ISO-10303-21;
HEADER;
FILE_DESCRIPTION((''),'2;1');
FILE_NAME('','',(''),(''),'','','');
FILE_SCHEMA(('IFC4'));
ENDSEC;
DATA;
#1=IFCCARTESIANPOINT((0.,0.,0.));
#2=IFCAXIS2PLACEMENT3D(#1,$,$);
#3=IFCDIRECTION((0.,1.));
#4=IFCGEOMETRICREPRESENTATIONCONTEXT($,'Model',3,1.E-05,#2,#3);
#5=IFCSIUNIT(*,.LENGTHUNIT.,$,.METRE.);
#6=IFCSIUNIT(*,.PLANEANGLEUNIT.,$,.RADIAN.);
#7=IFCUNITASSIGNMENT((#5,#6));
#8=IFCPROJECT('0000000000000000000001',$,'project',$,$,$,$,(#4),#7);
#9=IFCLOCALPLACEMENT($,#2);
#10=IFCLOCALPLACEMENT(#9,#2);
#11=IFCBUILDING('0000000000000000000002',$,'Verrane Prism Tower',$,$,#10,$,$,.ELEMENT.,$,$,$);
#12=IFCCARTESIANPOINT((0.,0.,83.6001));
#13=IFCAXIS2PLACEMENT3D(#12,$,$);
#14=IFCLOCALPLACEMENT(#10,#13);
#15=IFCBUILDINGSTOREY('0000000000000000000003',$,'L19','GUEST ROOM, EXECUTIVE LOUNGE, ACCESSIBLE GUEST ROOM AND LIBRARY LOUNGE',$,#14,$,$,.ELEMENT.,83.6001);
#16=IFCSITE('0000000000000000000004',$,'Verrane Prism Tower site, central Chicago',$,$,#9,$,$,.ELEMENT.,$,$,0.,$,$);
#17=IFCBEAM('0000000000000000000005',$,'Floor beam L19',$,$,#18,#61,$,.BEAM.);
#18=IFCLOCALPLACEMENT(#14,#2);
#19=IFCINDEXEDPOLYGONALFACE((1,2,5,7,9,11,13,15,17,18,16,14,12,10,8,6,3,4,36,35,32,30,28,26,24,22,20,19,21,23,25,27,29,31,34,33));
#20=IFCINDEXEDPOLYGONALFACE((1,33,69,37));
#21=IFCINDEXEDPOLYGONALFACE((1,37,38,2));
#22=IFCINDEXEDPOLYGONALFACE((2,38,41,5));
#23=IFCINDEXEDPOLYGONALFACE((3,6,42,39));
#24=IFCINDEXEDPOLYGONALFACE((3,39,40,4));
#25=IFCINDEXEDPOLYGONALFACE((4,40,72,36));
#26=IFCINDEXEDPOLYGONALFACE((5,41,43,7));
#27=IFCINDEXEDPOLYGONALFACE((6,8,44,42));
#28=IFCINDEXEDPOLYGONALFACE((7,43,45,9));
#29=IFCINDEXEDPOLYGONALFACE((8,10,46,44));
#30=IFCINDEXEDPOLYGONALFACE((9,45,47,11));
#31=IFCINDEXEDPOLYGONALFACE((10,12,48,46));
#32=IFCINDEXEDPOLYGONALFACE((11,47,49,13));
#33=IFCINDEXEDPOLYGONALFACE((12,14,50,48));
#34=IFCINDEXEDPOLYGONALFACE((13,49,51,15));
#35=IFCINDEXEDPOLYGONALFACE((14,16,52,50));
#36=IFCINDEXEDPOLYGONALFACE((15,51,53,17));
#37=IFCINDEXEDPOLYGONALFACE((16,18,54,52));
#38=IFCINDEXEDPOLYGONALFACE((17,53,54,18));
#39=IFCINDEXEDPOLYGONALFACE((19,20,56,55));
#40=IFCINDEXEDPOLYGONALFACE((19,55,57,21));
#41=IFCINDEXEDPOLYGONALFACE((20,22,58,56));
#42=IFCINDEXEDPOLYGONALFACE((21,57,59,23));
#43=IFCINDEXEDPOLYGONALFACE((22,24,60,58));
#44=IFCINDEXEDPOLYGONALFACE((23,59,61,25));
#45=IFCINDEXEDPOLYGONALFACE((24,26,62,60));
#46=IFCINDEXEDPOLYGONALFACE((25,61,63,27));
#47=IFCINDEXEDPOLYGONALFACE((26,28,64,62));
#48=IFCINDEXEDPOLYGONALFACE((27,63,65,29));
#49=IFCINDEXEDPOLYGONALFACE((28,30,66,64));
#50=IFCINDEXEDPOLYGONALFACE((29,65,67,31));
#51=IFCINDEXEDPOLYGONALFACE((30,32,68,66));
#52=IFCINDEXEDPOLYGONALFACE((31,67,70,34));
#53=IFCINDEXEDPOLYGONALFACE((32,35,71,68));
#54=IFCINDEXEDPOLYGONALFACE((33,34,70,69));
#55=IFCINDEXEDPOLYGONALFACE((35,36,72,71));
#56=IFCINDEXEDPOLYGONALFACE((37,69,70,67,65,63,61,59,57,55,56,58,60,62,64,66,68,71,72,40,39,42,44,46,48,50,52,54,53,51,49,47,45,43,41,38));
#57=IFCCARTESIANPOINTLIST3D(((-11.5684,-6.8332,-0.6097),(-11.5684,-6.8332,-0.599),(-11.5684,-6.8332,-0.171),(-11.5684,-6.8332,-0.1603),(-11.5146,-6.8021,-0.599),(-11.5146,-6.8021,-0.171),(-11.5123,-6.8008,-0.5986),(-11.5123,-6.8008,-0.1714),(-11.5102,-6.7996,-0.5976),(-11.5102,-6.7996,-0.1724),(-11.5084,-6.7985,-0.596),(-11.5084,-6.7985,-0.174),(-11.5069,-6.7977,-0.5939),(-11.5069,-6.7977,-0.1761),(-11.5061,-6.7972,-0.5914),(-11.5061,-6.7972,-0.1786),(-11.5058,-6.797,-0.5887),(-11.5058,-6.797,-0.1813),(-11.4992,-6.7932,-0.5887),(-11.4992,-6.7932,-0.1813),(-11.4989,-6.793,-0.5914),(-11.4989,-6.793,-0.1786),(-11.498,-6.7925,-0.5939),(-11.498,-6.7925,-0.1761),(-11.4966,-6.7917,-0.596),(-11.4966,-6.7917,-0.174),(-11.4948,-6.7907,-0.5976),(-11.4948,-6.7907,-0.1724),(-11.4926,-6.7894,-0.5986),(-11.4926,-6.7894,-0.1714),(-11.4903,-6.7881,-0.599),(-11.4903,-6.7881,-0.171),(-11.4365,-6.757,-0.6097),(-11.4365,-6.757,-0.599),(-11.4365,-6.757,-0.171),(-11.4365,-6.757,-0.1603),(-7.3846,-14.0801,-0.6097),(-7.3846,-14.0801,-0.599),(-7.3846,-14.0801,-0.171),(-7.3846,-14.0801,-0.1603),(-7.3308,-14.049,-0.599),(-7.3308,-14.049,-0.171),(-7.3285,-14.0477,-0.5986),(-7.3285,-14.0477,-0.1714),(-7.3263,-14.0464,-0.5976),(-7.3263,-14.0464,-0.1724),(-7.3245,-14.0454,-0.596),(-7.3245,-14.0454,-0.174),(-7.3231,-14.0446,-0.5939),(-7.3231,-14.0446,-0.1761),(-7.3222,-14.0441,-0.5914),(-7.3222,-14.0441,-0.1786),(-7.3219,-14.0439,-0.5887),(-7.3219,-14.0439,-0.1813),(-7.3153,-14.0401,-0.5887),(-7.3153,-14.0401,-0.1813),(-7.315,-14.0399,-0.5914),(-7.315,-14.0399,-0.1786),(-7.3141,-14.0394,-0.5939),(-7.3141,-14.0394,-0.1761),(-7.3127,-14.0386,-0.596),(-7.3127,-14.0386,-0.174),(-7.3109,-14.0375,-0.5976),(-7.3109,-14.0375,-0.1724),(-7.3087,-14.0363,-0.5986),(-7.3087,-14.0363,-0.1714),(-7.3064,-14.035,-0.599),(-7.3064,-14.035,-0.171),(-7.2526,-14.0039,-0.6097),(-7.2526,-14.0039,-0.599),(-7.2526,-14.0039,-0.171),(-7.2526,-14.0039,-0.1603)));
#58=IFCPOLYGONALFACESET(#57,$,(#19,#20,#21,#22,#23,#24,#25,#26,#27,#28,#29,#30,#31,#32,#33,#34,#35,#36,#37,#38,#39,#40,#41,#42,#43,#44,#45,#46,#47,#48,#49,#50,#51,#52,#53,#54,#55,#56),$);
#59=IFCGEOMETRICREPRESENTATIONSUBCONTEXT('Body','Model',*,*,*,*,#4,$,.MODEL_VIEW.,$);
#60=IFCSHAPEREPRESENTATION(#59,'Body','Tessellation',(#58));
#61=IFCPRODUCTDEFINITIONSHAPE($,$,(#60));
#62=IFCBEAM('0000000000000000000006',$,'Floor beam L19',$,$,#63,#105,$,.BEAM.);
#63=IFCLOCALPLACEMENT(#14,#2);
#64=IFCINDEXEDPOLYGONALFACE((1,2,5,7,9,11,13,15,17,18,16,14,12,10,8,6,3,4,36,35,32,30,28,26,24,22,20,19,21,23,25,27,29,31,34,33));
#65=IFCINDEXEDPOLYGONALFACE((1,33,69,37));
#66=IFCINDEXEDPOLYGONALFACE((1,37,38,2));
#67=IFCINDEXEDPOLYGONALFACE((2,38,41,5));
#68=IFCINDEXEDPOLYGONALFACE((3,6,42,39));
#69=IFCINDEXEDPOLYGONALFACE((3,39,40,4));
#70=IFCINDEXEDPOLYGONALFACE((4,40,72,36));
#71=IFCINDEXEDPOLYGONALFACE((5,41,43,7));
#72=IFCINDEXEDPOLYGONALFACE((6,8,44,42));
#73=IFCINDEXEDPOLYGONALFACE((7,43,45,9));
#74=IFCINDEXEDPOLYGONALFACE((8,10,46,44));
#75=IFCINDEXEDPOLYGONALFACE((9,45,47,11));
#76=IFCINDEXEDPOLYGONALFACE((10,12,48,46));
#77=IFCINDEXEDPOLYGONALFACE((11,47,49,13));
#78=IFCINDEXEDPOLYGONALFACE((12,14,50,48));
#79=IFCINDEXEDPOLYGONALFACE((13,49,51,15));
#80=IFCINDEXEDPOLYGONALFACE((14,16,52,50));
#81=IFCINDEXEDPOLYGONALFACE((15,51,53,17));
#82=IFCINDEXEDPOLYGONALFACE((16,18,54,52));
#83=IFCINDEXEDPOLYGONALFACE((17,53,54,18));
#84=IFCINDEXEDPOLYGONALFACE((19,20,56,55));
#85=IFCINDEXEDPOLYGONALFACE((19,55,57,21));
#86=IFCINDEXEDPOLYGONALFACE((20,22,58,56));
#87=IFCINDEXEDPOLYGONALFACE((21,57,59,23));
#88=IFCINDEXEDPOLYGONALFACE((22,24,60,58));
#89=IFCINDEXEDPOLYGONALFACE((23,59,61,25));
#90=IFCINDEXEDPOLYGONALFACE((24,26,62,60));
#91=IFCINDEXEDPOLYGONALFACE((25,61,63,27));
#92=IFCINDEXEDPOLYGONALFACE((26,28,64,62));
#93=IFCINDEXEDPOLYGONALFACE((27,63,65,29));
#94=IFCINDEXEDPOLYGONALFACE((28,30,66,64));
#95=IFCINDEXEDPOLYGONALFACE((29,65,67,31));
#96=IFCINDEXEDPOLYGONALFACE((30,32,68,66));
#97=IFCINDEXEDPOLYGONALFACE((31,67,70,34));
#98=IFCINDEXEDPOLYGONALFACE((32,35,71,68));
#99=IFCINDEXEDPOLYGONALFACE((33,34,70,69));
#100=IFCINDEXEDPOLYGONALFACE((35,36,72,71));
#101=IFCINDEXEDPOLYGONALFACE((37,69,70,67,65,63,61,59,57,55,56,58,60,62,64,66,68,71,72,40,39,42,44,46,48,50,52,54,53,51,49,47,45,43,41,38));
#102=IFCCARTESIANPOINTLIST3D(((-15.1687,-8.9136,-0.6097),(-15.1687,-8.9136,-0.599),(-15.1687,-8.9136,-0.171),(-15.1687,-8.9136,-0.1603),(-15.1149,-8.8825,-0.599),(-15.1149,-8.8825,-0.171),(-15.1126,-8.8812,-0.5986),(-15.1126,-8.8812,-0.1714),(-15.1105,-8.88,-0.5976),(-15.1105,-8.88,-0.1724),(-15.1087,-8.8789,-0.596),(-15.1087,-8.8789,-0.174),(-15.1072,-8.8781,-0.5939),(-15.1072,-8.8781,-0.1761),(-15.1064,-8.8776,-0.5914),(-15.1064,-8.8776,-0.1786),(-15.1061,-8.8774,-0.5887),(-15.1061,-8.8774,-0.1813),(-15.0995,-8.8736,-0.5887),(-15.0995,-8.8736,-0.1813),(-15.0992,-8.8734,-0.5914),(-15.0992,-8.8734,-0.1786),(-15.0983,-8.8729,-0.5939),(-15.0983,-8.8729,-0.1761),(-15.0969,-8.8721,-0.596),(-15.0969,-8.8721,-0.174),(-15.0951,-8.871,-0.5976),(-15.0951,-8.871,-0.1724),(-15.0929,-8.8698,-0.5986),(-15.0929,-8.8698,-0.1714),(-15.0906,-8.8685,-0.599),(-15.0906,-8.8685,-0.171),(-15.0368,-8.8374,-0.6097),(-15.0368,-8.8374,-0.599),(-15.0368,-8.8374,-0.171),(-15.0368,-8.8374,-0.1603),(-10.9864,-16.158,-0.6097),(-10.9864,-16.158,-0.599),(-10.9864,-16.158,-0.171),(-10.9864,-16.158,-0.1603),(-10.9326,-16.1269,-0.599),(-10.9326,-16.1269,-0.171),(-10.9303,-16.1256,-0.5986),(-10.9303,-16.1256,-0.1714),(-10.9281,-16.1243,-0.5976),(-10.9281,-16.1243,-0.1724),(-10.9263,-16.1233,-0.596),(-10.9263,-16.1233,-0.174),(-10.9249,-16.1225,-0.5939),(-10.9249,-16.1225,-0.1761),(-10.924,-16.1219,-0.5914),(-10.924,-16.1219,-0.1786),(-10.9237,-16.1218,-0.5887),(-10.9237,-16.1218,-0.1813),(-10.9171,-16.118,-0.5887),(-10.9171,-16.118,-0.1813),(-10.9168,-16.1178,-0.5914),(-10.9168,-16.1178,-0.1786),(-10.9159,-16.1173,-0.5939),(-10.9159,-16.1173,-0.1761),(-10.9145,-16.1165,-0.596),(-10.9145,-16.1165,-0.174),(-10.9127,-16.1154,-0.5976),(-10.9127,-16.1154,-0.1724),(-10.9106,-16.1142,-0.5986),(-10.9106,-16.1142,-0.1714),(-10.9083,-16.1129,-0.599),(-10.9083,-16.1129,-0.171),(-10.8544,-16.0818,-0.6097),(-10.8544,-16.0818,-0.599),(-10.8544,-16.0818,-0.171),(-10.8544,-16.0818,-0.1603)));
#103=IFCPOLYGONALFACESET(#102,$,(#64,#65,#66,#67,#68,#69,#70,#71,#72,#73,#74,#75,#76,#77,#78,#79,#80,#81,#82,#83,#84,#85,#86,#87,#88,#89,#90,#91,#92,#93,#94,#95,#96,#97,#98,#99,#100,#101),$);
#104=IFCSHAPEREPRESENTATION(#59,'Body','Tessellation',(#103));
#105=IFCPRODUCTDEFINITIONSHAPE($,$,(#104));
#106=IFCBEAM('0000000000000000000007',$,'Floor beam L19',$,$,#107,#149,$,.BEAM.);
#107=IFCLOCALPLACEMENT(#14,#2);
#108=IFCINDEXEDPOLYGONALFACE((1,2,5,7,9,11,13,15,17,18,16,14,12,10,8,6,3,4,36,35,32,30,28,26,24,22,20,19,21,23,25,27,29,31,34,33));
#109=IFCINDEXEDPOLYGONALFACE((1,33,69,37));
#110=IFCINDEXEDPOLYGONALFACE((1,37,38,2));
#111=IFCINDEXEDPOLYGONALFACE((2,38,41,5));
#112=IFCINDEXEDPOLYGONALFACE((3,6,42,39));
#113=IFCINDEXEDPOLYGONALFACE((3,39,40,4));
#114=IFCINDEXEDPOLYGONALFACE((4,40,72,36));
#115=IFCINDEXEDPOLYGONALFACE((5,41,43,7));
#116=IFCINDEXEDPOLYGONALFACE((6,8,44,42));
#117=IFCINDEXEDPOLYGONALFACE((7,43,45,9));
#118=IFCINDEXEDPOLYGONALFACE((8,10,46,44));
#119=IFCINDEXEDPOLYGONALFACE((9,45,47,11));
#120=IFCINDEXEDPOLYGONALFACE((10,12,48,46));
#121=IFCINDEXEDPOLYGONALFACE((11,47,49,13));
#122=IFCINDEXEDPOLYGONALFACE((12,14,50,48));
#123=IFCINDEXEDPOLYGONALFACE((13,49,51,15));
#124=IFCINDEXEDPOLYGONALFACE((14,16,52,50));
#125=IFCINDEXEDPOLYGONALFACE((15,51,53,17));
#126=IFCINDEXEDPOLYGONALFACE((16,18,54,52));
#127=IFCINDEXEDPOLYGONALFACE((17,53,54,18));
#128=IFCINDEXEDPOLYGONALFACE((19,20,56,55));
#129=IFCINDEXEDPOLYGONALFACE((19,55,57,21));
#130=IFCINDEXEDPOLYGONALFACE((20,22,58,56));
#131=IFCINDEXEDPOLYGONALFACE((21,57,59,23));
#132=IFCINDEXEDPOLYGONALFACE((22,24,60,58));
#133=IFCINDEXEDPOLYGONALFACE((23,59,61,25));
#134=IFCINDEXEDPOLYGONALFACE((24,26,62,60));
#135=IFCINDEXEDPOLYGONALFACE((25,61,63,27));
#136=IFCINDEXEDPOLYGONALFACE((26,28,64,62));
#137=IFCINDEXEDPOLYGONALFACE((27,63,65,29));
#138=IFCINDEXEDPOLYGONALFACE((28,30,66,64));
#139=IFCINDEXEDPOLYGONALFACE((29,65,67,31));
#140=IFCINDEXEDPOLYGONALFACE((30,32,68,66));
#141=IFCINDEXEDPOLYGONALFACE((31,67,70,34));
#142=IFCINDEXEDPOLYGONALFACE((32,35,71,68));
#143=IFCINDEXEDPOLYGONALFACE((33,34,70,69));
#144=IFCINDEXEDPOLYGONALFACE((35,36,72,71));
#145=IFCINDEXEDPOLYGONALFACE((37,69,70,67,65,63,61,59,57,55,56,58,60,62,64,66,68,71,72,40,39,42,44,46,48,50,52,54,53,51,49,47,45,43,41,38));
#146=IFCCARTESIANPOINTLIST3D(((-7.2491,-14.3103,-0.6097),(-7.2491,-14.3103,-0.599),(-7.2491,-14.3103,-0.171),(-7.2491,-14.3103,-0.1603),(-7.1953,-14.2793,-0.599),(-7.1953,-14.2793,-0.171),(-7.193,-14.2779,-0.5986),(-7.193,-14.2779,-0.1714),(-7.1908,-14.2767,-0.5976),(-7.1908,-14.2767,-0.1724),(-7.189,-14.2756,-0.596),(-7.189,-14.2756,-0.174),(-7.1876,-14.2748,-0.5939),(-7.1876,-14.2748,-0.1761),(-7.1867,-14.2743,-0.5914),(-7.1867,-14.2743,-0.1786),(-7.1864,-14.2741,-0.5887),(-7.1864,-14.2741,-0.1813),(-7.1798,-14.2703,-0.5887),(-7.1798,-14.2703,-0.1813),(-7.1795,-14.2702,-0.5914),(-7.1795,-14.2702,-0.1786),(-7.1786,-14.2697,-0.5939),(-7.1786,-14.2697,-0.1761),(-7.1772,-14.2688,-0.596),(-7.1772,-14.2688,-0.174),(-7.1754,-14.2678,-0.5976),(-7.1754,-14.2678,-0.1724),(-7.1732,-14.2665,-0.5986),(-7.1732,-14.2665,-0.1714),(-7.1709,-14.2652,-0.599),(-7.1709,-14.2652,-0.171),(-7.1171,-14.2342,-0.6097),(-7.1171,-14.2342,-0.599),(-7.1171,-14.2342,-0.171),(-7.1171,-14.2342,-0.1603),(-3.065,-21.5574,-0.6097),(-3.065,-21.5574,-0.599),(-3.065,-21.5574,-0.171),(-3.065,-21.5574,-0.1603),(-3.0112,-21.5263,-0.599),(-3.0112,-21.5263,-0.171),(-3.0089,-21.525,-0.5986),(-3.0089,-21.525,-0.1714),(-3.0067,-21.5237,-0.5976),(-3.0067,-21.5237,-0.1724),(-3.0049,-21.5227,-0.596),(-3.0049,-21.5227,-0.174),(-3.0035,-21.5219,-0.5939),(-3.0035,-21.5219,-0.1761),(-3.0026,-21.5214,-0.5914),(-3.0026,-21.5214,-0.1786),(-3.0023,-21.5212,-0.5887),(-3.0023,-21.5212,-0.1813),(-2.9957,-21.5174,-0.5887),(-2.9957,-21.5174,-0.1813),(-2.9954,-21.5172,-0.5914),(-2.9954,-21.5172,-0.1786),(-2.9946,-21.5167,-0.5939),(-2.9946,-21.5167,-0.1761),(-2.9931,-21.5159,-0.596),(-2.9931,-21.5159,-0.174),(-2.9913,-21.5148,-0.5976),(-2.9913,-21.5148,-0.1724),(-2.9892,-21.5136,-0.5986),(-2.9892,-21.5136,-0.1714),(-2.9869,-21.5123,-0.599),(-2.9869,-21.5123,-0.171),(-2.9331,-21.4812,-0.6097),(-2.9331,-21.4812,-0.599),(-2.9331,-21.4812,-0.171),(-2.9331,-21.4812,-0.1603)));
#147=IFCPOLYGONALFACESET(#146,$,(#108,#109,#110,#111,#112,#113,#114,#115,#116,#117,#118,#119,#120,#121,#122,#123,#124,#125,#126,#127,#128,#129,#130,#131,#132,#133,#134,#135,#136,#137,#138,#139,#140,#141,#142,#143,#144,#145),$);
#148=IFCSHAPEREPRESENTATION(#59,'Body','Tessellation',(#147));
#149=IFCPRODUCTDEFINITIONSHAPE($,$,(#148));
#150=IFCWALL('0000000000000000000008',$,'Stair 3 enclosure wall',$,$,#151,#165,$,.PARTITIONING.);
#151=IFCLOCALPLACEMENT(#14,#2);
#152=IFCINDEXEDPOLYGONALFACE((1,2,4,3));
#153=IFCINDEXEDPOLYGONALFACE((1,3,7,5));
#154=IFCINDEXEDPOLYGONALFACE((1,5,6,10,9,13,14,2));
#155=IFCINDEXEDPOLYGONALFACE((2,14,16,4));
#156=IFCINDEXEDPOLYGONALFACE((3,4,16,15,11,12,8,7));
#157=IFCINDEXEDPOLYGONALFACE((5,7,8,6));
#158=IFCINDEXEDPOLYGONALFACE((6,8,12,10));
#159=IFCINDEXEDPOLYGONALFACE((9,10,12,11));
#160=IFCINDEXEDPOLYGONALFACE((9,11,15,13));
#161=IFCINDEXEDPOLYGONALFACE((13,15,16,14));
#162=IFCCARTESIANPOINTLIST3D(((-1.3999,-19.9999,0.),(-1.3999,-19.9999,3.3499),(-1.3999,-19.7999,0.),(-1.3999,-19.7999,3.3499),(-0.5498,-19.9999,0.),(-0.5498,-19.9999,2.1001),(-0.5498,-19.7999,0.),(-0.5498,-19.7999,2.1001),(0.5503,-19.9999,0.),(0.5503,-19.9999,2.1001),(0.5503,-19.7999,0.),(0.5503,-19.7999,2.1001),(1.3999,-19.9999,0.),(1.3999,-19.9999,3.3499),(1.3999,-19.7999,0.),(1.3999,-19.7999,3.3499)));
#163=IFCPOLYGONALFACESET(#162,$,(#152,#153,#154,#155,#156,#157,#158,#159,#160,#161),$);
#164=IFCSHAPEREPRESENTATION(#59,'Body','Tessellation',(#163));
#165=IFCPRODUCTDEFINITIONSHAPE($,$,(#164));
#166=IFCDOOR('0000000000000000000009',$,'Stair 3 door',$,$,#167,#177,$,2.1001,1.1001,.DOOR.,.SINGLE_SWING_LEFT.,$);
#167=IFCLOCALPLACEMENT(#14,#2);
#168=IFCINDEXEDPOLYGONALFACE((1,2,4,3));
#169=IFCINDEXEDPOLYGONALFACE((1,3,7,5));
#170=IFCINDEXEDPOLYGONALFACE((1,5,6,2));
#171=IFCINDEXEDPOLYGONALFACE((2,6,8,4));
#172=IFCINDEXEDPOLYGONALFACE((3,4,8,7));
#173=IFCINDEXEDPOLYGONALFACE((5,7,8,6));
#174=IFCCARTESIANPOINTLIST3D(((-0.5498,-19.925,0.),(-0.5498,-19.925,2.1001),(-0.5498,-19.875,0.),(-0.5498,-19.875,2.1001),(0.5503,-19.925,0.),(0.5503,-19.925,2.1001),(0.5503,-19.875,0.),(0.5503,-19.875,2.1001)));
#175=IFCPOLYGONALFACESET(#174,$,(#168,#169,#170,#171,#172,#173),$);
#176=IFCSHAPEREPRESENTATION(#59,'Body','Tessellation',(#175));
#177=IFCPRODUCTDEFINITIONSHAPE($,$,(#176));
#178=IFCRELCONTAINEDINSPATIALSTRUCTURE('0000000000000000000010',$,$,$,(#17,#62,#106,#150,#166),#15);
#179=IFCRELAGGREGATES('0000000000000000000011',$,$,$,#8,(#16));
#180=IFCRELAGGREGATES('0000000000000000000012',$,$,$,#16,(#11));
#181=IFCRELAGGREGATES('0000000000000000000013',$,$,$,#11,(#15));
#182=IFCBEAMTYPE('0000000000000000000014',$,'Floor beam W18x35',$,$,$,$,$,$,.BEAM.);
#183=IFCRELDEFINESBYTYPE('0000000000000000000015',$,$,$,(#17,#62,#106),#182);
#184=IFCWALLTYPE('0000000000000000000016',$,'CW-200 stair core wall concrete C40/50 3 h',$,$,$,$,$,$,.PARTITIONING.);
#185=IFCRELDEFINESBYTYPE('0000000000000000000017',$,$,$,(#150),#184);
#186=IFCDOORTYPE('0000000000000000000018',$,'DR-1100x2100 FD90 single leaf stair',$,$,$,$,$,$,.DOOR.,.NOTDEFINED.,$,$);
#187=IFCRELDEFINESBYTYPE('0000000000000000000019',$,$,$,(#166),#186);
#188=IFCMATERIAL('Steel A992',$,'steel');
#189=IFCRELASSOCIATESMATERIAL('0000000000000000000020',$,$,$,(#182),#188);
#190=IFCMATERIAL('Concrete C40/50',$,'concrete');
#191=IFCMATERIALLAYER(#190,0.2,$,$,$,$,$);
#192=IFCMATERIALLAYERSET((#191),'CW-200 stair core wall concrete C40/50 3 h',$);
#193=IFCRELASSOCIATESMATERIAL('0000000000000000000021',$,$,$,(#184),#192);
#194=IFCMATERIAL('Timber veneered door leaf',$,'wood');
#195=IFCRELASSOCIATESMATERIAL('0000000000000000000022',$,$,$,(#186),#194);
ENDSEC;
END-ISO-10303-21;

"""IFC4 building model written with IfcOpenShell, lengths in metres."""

from ifc_helpers import new_model, si_unit, direction, frame, frame_2d, origin, origin_2d, place, context, subcontext, project, spatial, rectangle, i_section, extrude, material, layer, layer_set, material_profile, profile_set, type_object, element, fill, save


model = new_model("IFC4")

# Units and contexts
model_context = context("Model", 3, precision=1e-05, world=origin(), true_north=direction((0.0, 1.0)))
body_context = subcontext(model_context, "Body", "Model", "MODEL_VIEW")
ifc_project = project(units=[si_unit("LENGTHUNIT", "METRE"), si_unit("PLANEANGLEUNIT", "RADIAN")], contexts=[model_context])

# Site, building, storey
site_placement = place(None, origin())
site = spatial("IfcSite", under=ifc_project, at=site_placement, Name="Verrane Prism Tower site, central Chicago", CompositionType="ELEMENT", RefElevation=0.0)
building_placement = place(site_placement, origin())
building = spatial("IfcBuilding", under=site, at=building_placement, Name="Verrane Prism Tower", CompositionType="ELEMENT")
storey_placement = place(building_placement, frame((0.0, 0.0, 83.6001)))
storey = spatial("IfcBuildingStorey", under=building, at=storey_placement, Name="L19", Description="GUEST ROOM, EXECUTIVE LOUNGE, ACCESSIBLE GUEST ROOM AND LIBRARY LOUNGE", CompositionType="ELEMENT", Elevation=83.6001)

# Beams
ifc_material_1 = material(Name="Steel A992", Category="steel")
ifc_material_profile_1 = material_profile(ifc_material_1, i_section(OverallWidth=0.1523, OverallDepth=0.4495, WebThickness=0.0076, FlangeThickness=0.0107, FilletRadius=0.0103, at=origin_2d()), Name="W18x35")
ifc_profile_set_1 = profile_set([ifc_material_profile_1], Name="Steel A992")
beam_type_1 = type_object("IfcBeamType", Name="Floor beam W18x35", PredefinedType="BEAM", material=ifc_profile_set_1)
beam_1_placement = place(storey_placement, frame((-7.3186, -14.042, -0.385), z_axis=(-0.499989, 0.866032, 0.0), x_axis=(-0.866032, -0.499989, 0.0)))
element("IfcBeam", 1, at=beam_1_placement, inside=storey, type_object=beam_type_1, Name="Floor beam L19", PredefinedType="BEAM", context=body_context, shape_type="SweptSolid", body=[
    extrude(i_section(OverallWidth=0.1523, OverallDepth=0.4495, WebThickness=0.0076, FlangeThickness=0.0107, FilletRadius=0.0103, at=origin_2d()), origin(), (0.0, 0.0, 1.0), 8.3679),
])
beam_2_placement = place(storey_placement, frame((-10.9204, -16.1199, -0.385), z_axis=(-0.499984, 0.866034, 0.0), x_axis=(-0.866034, -0.499984, 0.0)))
element("IfcBeam", 2, at=beam_2_placement, inside=storey, type_object=beam_type_1, Name="Floor beam L19", PredefinedType="BEAM", context=body_context, shape_type="SweptSolid", body=[
    extrude(i_section(OverallWidth=0.1523, OverallDepth=0.4495, WebThickness=0.0076, FlangeThickness=0.0107, FilletRadius=0.0103, at=origin_2d()), origin(), (0.0, 0.0, 1.0), 8.365),
])
beam_3_placement = place(storey_placement, frame((-2.999, -21.5193, -0.385), z_axis=(-0.499999, 0.866026, 0.0), x_axis=(-0.866026, -0.499999, 0.0)))
element("IfcBeam", 3, at=beam_3_placement, inside=storey, type_object=beam_type_1, Name="Floor beam L19", PredefinedType="BEAM", context=body_context, shape_type="SweptSolid", body=[
    extrude(i_section(OverallWidth=0.1523, OverallDepth=0.4495, WebThickness=0.0076, FlangeThickness=0.0107, FilletRadius=0.0103, at=origin_2d()), origin(), (0.0, 0.0, 1.0), 8.3682),
])

# Wall, opening, door
ifc_material_2 = material(Name="Concrete C40/50", Category="concrete")
ifc_layer_1 = layer(ifc_material_2, 0.2)
ifc_layer_set_1 = layer_set([ifc_layer_1], Name="CW-200 stair core wall concrete C40/50 3 h")
wall_type_1 = type_object("IfcWallType", Name="CW-200 stair core wall concrete C40/50 3 h", PredefinedType="PARTITIONING", material=ifc_layer_set_1)
wall_1_placement = place(storey_placement, frame((-1.3999, -19.8999, 0.0), z_axis=(0.0, 0.0, 1.0), x_axis=(1.0, 0.0, 0.0)))
wall_1 = element("IfcWall", 4, at=wall_1_placement, inside=storey, type_object=wall_type_1, Name="Stair 3 enclosure wall", PredefinedType="PARTITIONING", context=body_context, shape_type="SweptSolid", body=[
    extrude(rectangle(XDim=2.7998, YDim=0.2, at=frame_2d((1.3999, 0.0))), origin(), (0.0, 0.0, 1.0), 3.3499),
])
opening_1_placement = place(wall_1_placement, frame((0.8501, 0.0, 0.0)))
opening_1 = element("IfcOpeningElement", 5, at=opening_1_placement, cuts=wall_1, PredefinedType="OPENING", context=body_context, shape_type="SweptSolid", body=[
    extrude(rectangle(XDim=1.1001, YDim=2.1001, at=frame_2d((0.55, 1.05))), frame((0.0, 0.1099, 0.0), z_axis=(0.0, -1.0, 0.0), x_axis=(1.0, 0.0, 0.0)), (0.0, 0.0, 1.0), 0.22),
])
ifc_material_3 = material(Name="Timber veneered door leaf", Category="wood")
door_type_1 = type_object("IfcDoorType", Name="DR-1100x2100 FD90 single leaf stair", OperationType="NOTDEFINED", PredefinedType="DOOR", material=ifc_material_3)
door_1_placement = place(opening_1_placement, origin())
door_1 = element("IfcDoor", 6, at=door_1_placement, inside=storey, type_object=door_type_1, Name="Stair 3 door", OperationType="SINGLE_SWING_LEFT", OverallHeight=2.1001, OverallWidth=1.1001, PredefinedType="DOOR", context=body_context, shape_type="SweptSolid", body=[
    extrude(rectangle(XDim=1.1001, YDim=2.1001, at=frame_2d((0.55, 1.05))), frame((0.0, 0.0249, 0.0), z_axis=(0.0, -1.0, 0.0), x_axis=(1.0, 0.0, 0.0)), (0.0, 0.0, 1.0), 0.05),
])
fill(opening_1, door_1)

save(model, "model.ifc")
